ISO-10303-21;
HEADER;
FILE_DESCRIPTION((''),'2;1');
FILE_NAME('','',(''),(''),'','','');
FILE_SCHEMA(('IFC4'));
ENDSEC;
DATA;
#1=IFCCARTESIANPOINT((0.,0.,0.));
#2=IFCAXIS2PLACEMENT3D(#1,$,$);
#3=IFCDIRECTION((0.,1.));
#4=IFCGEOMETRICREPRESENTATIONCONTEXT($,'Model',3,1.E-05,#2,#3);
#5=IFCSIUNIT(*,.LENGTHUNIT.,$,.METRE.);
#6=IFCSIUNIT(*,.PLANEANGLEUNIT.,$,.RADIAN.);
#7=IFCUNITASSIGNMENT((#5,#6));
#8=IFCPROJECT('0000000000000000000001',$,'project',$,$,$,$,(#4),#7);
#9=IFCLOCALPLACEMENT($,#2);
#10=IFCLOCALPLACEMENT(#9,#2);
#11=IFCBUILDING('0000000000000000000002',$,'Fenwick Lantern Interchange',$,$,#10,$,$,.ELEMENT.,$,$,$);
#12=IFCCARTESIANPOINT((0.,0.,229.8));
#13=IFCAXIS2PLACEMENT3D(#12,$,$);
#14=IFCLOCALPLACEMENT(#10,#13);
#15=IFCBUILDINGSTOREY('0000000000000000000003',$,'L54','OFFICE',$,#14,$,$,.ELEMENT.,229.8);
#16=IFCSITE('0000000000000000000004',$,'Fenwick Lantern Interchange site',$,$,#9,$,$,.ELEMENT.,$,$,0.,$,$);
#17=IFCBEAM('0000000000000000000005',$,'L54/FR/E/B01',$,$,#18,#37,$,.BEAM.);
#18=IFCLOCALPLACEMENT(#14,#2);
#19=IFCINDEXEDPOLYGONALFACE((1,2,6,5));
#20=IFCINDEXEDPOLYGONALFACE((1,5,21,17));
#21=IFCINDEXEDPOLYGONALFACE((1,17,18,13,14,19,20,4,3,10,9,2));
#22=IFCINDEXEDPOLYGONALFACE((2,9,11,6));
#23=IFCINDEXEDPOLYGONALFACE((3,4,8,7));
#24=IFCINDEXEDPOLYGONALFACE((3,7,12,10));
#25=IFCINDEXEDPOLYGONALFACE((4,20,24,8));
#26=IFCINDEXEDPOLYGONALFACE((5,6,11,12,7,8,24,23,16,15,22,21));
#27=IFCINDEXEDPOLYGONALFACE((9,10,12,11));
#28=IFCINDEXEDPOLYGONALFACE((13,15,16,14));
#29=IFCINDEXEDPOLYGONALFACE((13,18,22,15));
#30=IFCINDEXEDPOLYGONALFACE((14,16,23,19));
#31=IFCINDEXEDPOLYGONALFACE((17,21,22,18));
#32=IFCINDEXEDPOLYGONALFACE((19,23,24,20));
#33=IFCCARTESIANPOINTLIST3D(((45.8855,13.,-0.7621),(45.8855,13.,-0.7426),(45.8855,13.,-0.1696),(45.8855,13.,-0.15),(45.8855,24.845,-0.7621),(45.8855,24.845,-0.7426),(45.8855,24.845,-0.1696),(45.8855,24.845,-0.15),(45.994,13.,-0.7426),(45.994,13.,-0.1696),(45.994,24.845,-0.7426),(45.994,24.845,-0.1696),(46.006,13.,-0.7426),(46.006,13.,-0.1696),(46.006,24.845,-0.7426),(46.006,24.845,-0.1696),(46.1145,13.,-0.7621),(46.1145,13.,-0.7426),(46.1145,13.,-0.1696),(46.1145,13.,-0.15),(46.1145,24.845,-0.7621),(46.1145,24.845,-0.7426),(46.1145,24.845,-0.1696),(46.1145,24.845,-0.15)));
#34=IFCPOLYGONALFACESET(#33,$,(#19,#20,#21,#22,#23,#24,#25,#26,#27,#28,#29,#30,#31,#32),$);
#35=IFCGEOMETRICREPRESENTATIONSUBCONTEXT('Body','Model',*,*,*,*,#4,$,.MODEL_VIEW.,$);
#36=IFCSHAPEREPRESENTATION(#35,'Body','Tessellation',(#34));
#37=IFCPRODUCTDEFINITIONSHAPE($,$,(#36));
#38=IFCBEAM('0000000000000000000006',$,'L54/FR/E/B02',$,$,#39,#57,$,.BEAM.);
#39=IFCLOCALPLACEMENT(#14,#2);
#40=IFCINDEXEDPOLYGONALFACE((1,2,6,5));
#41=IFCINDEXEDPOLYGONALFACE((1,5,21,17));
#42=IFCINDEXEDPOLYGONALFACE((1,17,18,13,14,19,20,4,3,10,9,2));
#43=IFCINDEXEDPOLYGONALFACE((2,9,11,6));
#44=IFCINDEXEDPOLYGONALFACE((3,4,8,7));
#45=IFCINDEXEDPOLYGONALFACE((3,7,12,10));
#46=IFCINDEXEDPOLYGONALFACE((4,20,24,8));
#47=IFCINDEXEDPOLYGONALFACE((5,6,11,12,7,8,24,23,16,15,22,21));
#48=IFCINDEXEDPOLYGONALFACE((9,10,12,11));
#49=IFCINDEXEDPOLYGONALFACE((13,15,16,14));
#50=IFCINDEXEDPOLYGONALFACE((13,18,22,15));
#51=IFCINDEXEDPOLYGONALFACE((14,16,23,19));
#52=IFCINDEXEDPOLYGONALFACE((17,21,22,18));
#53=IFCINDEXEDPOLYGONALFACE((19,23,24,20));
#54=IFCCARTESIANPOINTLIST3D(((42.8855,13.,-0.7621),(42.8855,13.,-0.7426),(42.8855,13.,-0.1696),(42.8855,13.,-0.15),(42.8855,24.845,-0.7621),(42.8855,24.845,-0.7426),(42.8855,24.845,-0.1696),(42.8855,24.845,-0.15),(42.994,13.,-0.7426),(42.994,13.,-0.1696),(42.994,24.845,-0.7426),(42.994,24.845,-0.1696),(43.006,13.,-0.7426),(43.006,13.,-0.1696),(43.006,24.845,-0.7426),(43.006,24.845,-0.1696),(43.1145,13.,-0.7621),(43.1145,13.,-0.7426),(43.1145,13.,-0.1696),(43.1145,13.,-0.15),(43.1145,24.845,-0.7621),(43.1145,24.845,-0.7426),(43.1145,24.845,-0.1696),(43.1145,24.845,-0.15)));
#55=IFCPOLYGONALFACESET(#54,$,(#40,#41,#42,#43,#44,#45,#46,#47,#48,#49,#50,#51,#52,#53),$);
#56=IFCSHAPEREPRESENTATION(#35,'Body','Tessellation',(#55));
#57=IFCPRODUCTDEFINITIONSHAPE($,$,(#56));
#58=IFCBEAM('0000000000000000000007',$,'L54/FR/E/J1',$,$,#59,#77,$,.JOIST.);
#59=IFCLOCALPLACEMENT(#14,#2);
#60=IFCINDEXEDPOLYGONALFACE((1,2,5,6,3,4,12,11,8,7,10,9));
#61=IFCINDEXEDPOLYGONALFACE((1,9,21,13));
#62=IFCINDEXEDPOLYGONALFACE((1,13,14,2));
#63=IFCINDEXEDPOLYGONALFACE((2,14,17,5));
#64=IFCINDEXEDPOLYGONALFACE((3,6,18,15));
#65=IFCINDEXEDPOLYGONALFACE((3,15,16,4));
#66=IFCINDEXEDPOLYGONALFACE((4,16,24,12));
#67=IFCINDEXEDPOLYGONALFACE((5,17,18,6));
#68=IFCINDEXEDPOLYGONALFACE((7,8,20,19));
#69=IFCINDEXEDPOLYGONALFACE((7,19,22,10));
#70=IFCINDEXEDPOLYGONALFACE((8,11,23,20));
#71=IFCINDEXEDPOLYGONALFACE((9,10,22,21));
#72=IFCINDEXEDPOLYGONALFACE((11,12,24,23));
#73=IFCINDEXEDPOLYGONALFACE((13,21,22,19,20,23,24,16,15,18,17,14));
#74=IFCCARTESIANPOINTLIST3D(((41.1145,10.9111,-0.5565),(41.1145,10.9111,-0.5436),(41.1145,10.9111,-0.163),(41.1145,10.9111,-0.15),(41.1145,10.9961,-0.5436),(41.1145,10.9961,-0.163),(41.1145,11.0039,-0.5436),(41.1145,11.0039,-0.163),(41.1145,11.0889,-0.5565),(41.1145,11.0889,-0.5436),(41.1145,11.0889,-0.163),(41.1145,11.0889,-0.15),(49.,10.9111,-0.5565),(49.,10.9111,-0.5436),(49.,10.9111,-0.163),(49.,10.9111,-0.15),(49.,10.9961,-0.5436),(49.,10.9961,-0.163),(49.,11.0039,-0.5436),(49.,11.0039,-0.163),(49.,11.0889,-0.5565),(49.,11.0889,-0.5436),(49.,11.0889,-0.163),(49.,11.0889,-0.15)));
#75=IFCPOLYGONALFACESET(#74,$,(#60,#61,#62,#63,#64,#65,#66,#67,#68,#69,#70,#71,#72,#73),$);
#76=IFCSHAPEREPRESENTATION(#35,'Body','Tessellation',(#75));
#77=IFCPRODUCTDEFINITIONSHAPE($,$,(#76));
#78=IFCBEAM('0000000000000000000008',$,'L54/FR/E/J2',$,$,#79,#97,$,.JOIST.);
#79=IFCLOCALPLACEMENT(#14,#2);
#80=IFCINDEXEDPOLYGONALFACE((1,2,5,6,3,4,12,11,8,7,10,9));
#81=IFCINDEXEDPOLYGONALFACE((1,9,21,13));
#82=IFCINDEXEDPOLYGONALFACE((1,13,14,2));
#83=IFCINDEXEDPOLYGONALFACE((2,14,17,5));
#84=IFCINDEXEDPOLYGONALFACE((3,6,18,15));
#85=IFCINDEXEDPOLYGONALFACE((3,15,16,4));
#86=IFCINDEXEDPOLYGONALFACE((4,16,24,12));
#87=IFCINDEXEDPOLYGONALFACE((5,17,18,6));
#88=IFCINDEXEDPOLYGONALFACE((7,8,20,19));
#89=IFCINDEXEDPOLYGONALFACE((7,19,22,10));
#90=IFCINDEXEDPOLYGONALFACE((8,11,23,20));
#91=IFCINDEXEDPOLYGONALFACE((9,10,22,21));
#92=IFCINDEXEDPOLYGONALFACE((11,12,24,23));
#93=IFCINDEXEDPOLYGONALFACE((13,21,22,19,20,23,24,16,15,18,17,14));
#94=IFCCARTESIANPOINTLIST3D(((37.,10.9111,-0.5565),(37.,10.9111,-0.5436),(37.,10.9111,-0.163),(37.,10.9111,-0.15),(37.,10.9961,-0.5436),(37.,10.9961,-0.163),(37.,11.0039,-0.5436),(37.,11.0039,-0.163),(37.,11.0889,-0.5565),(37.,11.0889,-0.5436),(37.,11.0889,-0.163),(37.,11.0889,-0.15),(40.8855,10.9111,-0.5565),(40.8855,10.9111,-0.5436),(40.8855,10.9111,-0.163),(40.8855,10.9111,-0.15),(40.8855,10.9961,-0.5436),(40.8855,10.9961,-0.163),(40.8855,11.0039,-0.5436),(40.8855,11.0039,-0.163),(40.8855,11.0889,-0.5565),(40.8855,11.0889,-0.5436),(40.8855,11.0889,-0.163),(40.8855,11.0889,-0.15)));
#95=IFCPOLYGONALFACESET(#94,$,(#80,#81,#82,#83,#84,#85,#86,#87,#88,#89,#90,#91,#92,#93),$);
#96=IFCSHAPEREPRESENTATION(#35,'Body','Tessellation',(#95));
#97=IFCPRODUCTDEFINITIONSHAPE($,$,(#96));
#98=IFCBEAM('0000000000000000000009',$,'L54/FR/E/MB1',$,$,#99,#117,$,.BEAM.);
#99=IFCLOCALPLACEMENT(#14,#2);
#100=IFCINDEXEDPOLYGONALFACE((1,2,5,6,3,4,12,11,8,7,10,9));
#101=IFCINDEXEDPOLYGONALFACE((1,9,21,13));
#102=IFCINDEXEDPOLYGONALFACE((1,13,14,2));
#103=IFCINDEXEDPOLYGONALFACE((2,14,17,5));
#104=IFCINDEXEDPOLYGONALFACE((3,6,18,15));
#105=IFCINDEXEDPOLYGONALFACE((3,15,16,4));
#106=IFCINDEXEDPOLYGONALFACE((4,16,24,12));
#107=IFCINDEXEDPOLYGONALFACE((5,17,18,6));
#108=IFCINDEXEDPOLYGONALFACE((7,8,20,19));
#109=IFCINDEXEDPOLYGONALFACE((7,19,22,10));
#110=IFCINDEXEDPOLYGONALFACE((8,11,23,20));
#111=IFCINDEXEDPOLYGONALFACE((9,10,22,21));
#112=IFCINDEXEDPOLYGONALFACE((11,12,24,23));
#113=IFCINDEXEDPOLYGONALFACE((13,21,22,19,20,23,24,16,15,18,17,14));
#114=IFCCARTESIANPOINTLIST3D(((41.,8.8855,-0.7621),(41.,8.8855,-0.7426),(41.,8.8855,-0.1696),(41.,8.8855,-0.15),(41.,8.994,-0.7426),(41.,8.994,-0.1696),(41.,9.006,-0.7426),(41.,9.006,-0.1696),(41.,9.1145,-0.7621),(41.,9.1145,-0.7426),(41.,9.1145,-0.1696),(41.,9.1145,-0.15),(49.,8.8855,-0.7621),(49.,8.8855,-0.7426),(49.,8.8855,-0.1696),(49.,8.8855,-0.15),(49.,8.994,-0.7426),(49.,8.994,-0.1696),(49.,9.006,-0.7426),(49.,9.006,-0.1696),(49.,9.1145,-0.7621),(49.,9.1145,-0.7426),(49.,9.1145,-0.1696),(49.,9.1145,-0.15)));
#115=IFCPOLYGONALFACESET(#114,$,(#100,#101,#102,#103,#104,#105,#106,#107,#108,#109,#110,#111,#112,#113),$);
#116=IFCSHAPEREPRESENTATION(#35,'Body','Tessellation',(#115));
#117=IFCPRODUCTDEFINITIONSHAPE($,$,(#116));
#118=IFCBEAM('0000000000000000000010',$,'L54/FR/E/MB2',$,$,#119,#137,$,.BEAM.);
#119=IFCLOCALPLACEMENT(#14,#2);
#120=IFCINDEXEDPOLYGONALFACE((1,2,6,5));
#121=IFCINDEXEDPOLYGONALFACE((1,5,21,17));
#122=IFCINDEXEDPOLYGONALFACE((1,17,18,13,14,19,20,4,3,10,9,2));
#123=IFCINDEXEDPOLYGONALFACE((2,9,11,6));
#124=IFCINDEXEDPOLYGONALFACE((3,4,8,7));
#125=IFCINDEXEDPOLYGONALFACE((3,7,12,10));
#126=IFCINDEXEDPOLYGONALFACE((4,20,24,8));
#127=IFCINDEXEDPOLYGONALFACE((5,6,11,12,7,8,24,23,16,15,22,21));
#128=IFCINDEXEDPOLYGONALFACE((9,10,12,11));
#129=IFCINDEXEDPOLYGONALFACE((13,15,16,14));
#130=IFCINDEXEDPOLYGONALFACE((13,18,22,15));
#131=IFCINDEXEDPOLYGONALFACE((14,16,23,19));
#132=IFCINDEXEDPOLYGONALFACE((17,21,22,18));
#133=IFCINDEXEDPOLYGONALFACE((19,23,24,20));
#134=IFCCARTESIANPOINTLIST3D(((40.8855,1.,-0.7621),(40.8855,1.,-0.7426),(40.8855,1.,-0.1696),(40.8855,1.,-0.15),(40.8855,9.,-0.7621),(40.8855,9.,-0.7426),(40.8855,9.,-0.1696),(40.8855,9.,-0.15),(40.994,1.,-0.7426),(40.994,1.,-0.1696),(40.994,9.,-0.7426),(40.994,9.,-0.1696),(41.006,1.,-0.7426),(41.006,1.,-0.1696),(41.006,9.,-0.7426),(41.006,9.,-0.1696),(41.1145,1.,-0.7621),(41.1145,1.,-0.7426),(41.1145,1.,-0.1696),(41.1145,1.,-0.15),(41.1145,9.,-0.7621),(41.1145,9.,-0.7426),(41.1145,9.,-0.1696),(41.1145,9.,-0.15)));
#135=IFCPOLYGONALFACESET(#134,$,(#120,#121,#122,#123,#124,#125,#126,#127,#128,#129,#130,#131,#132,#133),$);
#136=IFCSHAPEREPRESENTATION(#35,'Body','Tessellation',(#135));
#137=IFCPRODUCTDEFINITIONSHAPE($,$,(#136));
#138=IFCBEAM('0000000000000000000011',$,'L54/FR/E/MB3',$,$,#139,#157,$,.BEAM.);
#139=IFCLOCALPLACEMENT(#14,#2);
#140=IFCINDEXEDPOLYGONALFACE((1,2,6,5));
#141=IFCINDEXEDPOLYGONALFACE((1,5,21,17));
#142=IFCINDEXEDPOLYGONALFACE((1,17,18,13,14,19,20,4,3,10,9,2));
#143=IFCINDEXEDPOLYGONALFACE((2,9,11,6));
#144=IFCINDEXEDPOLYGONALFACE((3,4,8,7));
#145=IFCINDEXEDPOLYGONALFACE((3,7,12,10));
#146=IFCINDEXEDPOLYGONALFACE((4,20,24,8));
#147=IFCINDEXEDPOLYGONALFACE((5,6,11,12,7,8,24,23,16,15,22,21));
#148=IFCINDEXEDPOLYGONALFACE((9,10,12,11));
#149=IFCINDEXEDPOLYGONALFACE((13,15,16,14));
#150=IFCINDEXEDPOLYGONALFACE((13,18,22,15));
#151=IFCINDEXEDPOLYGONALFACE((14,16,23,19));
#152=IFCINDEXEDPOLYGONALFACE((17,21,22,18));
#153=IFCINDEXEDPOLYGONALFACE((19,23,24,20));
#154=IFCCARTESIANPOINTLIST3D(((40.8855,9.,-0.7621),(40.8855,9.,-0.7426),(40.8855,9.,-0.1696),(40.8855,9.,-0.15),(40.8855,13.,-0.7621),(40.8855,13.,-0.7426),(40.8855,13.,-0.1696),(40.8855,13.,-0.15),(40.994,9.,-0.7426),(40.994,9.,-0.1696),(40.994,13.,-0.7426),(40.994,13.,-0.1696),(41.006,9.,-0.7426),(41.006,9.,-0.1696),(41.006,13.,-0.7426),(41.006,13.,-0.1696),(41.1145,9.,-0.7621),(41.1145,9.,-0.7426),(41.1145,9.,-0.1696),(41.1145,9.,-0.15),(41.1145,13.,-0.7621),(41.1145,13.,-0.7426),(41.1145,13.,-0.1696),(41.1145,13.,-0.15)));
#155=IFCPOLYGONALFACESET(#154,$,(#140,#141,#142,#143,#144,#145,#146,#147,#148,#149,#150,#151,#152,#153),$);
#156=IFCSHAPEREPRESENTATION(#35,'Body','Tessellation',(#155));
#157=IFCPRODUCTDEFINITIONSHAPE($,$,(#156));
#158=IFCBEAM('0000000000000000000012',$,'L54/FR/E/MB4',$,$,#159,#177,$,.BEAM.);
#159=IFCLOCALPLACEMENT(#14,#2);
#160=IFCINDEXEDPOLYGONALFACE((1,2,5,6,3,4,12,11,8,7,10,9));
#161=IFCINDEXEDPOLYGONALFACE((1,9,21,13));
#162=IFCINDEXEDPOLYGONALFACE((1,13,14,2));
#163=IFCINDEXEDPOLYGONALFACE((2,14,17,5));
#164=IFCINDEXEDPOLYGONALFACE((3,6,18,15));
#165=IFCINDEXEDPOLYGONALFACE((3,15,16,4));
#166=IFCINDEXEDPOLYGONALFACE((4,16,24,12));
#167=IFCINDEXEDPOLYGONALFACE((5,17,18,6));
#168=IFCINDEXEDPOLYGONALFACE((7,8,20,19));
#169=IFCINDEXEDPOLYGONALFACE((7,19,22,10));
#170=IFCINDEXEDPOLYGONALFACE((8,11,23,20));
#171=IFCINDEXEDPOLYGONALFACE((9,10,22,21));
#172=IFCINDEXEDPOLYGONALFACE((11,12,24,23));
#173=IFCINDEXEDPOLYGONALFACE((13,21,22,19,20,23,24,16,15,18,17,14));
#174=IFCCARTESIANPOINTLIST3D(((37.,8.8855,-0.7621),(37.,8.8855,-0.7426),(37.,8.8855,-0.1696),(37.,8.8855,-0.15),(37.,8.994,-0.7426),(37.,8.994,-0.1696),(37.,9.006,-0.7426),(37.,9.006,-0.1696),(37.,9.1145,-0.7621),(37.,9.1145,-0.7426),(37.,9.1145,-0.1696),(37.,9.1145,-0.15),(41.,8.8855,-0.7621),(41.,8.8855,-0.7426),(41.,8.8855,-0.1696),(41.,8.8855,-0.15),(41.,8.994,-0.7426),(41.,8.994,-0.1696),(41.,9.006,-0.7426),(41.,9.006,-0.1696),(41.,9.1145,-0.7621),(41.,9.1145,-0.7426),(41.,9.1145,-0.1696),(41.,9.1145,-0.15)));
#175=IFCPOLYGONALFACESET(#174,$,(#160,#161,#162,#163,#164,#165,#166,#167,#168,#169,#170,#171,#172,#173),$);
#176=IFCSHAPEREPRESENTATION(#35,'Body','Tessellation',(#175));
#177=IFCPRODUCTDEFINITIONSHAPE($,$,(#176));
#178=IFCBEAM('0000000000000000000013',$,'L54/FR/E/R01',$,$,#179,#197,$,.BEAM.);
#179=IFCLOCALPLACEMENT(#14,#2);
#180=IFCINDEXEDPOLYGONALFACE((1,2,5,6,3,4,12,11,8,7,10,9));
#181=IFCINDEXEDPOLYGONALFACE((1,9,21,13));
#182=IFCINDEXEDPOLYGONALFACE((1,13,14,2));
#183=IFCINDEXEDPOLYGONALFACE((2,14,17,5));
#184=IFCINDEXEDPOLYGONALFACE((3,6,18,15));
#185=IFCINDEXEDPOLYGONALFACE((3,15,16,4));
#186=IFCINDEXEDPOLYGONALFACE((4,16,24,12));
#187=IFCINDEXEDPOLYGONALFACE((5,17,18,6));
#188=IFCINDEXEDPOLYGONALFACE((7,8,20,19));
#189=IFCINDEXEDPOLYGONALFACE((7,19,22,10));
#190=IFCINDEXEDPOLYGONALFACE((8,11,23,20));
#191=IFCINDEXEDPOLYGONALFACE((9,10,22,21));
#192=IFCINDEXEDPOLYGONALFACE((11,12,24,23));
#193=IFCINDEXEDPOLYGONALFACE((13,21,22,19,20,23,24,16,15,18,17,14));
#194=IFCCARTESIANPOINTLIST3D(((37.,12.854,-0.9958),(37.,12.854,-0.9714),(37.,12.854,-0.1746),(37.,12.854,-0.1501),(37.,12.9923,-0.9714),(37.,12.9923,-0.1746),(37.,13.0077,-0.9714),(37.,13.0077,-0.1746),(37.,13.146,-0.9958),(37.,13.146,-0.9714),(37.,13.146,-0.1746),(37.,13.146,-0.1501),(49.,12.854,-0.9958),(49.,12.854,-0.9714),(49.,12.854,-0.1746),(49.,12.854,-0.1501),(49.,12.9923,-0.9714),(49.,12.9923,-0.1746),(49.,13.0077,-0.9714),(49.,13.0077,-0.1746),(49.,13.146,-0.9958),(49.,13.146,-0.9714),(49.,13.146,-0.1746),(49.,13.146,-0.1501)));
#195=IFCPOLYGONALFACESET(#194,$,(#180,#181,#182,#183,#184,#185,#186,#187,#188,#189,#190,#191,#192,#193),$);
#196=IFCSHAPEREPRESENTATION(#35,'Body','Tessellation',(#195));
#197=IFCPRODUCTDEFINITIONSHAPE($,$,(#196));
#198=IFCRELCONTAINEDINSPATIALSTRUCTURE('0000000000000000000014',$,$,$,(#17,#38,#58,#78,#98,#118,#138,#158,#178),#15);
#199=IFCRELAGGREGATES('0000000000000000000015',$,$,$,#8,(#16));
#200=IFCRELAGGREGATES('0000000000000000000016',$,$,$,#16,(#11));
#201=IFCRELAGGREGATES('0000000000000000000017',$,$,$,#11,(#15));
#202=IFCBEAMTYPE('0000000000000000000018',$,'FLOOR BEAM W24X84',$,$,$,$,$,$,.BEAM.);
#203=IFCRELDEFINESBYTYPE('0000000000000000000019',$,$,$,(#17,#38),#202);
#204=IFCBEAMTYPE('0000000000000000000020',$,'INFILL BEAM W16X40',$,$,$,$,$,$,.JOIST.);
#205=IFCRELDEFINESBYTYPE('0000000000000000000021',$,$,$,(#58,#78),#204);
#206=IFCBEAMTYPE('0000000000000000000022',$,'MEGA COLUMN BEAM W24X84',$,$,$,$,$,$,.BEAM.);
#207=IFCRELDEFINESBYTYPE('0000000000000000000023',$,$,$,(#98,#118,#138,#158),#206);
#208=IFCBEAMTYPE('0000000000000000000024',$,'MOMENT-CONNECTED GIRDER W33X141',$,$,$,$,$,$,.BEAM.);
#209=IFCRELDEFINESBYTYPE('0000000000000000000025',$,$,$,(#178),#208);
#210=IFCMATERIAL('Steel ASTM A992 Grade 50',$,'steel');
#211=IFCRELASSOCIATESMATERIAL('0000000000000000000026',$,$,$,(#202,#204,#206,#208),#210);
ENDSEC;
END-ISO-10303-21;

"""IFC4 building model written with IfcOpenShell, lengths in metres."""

from ifc_helpers import new_model, si_unit, direction, frame, origin, origin_2d, place, context, subcontext, project, spatial, i_section, extrude, material, material_profile, profile_set, type_object, element, save


model = new_model("IFC4")

# Units and contexts
model_context = context("Model", 3, precision=1e-05, world=origin(), true_north=direction((0.0, 1.0)))
body_context = subcontext(model_context, "Body", "Model", "MODEL_VIEW")
ifc_project = project(units=[si_unit("LENGTHUNIT", "METRE"), si_unit("PLANEANGLEUNIT", "RADIAN")], contexts=[model_context])

# Site, building, storey
site_placement = place(None, origin())
site = spatial("IfcSite", under=ifc_project, at=site_placement, Name="Fenwick Lantern Interchange site", CompositionType="ELEMENT", RefElevation=0.0)
building_placement = place(site_placement, origin())
building = spatial("IfcBuilding", under=site, at=building_placement, Name="Fenwick Lantern Interchange", CompositionType="ELEMENT")
storey_placement = place(building_placement, frame((0.0, 0.0, 229.8)))
storey = spatial("IfcBuildingStorey", under=building, at=storey_placement, Name="L54", Description="OFFICE", CompositionType="ELEMENT", Elevation=229.8)

# Shared definitions
ifc_material_1 = material(Name="Steel ASTM A992 Grade 50", Category="steel")

# Beams
ifc_material_profile_1 = material_profile(ifc_material_1, i_section(OverallWidth=0.229, OverallDepth=0.6121, WebThickness=0.012, FlangeThickness=0.0195, at=origin_2d()), Name="W24X84")
ifc_profile_set_1 = profile_set([ifc_material_profile_1], Name="Steel ASTM A992 Grade 50")
beam_type_1 = type_object("IfcBeamType", Name="FLOOR BEAM W24X84", PredefinedType="BEAM", material=ifc_profile_set_1)
for number, where, z_axis, x_axis, name in (
    (1, (46.0, 13.0, -0.4561), (0.0, 1.0, 0.0), (-1.0, 0.0, 0.0), "L54/FR/E/B01"),
    (2, (43.0, 13.0, -0.4561), (0.0, 1.0, 0.0), (-1.0, 0.0, 0.0), "L54/FR/E/B02"),
):
    element("IfcBeam", number, at=place(storey_placement, frame(where, z_axis=z_axis, x_axis=x_axis)), inside=storey, type_object=beam_type_1, Name=name, PredefinedType="BEAM", context=body_context, shape_type="SweptSolid", body=[
        extrude(i_section(OverallWidth=0.229, OverallDepth=0.6121, WebThickness=0.012, FlangeThickness=0.0195, at=origin_2d()), origin(), (0.0, 0.0, 1.0), 11.845),
    ])
ifc_material_profile_2 = material_profile(ifc_material_1, i_section(OverallWidth=0.1777, OverallDepth=0.4065, WebThickness=0.0078, FlangeThickness=0.0129, at=origin_2d()), Name="W16X40")
ifc_profile_set_2 = profile_set([ifc_material_profile_2], Name="Steel ASTM A992 Grade 50")
beam_type_2 = type_object("IfcBeamType", Name="INFILL BEAM W16X40", PredefinedType="JOIST", material=ifc_profile_set_2)
beam_1_placement = place(storey_placement, frame((49.0, 11.0, -0.3533), z_axis=(-1.0, 0.0, 0.0), x_axis=(0.0, -1.0, 0.0)))
element("IfcBeam", 3, at=beam_1_placement, inside=storey, type_object=beam_type_2, Name="L54/FR/E/J1", PredefinedType="JOIST", context=body_context, shape_type="SweptSolid", body=[
    extrude(i_section(OverallWidth=0.1777, OverallDepth=0.4065, WebThickness=0.0078, FlangeThickness=0.0129, at=origin_2d()), origin(), (0.0, 0.0, 1.0), 7.8855),
])
beam_2_placement = place(storey_placement, frame((40.8855, 11.0, -0.3533), z_axis=(-1.0, 0.0, 0.0), x_axis=(0.0, -1.0, 0.0)))
element("IfcBeam", 4, at=beam_2_placement, inside=storey, type_object=beam_type_2, Name="L54/FR/E/J2", PredefinedType="JOIST", context=body_context, shape_type="SweptSolid", body=[
    extrude(i_section(OverallWidth=0.1777, OverallDepth=0.4065, WebThickness=0.0078, FlangeThickness=0.0129, at=origin_2d()), origin(), (0.0, 0.0, 1.0), 3.8855),
])
ifc_material_profile_3 = material_profile(ifc_material_1, i_section(OverallWidth=0.229, OverallDepth=0.6121, WebThickness=0.012, FlangeThickness=0.0195, at=origin_2d()), Name="W24X84")
ifc_profile_set_3 = profile_set([ifc_material_profile_3], Name="Steel ASTM A992 Grade 50")
beam_type_3 = type_object("IfcBeamType", Name="MEGA COLUMN BEAM W24X84", PredefinedType="BEAM", material=ifc_profile_set_3)
for number, where, z_axis, x_axis, name in (
    (5, (41.0, 9.0, -0.4561), (1.0, 0.0, 0.0), (0.0, 1.0, 0.0), "L54/FR/E/MB1"),
    (6, (41.0, 9.0, -0.4561), (0.0, -1.0, 0.0), (1.0, 0.0, 0.0), "L54/FR/E/MB2"),
):
    element("IfcBeam", number, at=place(storey_placement, frame(where, z_axis=z_axis, x_axis=x_axis)), inside=storey, type_object=beam_type_3, Name=name, PredefinedType="BEAM", context=body_context, shape_type="SweptSolid", body=[
        extrude(i_section(OverallWidth=0.229, OverallDepth=0.6121, WebThickness=0.012, FlangeThickness=0.0195, at=origin_2d()), origin(), (0.0, 0.0, 1.0), 8.0),
    ])
for number, where, z_axis, x_axis, name in (
    (7, (41.0, 9.0, -0.4561), (0.0, 1.0, 0.0), (-1.0, 0.0, 0.0), "L54/FR/E/MB3"),
    (8, (41.0, 9.0, -0.4561), (-1.0, 0.0, 0.0), (0.0, -1.0, 0.0), "L54/FR/E/MB4"),
):
    element("IfcBeam", number, at=place(storey_placement, frame(where, z_axis=z_axis, x_axis=x_axis)), inside=storey, type_object=beam_type_3, Name=name, PredefinedType="BEAM", context=body_context, shape_type="SweptSolid", body=[
        extrude(i_section(OverallWidth=0.229, OverallDepth=0.6121, WebThickness=0.012, FlangeThickness=0.0195, at=origin_2d()), origin(), (0.0, 0.0, 1.0), 4.0),
    ])
ifc_material_profile_4 = material_profile(ifc_material_1, i_section(OverallWidth=0.292, OverallDepth=0.8457, WebThickness=0.0154, FlangeThickness=0.0244, at=origin_2d()), Name="W33X141")
ifc_profile_set_4 = profile_set([ifc_material_profile_4], Name="Steel ASTM A992 Grade 50")
beam_type_4 = type_object("IfcBeamType", Name="MOMENT-CONNECTED GIRDER W33X141", PredefinedType="BEAM", material=ifc_profile_set_4)
beam_3_placement = place(storey_placement, frame((49.0, 13.0, -0.573), z_axis=(-1.0, 0.0, 0.0), x_axis=(0.0, -1.0, 0.0)))
element("IfcBeam", 9, at=beam_3_placement, inside=storey, type_object=beam_type_4, Name="L54/FR/E/R01", PredefinedType="BEAM", context=body_context, shape_type="SweptSolid", body=[
    extrude(i_section(OverallWidth=0.292, OverallDepth=0.8457, WebThickness=0.0154, FlangeThickness=0.0244, at=origin_2d()), origin(), (0.0, 0.0, 1.0), 12.0),
])

save(model, "model.ifc")
